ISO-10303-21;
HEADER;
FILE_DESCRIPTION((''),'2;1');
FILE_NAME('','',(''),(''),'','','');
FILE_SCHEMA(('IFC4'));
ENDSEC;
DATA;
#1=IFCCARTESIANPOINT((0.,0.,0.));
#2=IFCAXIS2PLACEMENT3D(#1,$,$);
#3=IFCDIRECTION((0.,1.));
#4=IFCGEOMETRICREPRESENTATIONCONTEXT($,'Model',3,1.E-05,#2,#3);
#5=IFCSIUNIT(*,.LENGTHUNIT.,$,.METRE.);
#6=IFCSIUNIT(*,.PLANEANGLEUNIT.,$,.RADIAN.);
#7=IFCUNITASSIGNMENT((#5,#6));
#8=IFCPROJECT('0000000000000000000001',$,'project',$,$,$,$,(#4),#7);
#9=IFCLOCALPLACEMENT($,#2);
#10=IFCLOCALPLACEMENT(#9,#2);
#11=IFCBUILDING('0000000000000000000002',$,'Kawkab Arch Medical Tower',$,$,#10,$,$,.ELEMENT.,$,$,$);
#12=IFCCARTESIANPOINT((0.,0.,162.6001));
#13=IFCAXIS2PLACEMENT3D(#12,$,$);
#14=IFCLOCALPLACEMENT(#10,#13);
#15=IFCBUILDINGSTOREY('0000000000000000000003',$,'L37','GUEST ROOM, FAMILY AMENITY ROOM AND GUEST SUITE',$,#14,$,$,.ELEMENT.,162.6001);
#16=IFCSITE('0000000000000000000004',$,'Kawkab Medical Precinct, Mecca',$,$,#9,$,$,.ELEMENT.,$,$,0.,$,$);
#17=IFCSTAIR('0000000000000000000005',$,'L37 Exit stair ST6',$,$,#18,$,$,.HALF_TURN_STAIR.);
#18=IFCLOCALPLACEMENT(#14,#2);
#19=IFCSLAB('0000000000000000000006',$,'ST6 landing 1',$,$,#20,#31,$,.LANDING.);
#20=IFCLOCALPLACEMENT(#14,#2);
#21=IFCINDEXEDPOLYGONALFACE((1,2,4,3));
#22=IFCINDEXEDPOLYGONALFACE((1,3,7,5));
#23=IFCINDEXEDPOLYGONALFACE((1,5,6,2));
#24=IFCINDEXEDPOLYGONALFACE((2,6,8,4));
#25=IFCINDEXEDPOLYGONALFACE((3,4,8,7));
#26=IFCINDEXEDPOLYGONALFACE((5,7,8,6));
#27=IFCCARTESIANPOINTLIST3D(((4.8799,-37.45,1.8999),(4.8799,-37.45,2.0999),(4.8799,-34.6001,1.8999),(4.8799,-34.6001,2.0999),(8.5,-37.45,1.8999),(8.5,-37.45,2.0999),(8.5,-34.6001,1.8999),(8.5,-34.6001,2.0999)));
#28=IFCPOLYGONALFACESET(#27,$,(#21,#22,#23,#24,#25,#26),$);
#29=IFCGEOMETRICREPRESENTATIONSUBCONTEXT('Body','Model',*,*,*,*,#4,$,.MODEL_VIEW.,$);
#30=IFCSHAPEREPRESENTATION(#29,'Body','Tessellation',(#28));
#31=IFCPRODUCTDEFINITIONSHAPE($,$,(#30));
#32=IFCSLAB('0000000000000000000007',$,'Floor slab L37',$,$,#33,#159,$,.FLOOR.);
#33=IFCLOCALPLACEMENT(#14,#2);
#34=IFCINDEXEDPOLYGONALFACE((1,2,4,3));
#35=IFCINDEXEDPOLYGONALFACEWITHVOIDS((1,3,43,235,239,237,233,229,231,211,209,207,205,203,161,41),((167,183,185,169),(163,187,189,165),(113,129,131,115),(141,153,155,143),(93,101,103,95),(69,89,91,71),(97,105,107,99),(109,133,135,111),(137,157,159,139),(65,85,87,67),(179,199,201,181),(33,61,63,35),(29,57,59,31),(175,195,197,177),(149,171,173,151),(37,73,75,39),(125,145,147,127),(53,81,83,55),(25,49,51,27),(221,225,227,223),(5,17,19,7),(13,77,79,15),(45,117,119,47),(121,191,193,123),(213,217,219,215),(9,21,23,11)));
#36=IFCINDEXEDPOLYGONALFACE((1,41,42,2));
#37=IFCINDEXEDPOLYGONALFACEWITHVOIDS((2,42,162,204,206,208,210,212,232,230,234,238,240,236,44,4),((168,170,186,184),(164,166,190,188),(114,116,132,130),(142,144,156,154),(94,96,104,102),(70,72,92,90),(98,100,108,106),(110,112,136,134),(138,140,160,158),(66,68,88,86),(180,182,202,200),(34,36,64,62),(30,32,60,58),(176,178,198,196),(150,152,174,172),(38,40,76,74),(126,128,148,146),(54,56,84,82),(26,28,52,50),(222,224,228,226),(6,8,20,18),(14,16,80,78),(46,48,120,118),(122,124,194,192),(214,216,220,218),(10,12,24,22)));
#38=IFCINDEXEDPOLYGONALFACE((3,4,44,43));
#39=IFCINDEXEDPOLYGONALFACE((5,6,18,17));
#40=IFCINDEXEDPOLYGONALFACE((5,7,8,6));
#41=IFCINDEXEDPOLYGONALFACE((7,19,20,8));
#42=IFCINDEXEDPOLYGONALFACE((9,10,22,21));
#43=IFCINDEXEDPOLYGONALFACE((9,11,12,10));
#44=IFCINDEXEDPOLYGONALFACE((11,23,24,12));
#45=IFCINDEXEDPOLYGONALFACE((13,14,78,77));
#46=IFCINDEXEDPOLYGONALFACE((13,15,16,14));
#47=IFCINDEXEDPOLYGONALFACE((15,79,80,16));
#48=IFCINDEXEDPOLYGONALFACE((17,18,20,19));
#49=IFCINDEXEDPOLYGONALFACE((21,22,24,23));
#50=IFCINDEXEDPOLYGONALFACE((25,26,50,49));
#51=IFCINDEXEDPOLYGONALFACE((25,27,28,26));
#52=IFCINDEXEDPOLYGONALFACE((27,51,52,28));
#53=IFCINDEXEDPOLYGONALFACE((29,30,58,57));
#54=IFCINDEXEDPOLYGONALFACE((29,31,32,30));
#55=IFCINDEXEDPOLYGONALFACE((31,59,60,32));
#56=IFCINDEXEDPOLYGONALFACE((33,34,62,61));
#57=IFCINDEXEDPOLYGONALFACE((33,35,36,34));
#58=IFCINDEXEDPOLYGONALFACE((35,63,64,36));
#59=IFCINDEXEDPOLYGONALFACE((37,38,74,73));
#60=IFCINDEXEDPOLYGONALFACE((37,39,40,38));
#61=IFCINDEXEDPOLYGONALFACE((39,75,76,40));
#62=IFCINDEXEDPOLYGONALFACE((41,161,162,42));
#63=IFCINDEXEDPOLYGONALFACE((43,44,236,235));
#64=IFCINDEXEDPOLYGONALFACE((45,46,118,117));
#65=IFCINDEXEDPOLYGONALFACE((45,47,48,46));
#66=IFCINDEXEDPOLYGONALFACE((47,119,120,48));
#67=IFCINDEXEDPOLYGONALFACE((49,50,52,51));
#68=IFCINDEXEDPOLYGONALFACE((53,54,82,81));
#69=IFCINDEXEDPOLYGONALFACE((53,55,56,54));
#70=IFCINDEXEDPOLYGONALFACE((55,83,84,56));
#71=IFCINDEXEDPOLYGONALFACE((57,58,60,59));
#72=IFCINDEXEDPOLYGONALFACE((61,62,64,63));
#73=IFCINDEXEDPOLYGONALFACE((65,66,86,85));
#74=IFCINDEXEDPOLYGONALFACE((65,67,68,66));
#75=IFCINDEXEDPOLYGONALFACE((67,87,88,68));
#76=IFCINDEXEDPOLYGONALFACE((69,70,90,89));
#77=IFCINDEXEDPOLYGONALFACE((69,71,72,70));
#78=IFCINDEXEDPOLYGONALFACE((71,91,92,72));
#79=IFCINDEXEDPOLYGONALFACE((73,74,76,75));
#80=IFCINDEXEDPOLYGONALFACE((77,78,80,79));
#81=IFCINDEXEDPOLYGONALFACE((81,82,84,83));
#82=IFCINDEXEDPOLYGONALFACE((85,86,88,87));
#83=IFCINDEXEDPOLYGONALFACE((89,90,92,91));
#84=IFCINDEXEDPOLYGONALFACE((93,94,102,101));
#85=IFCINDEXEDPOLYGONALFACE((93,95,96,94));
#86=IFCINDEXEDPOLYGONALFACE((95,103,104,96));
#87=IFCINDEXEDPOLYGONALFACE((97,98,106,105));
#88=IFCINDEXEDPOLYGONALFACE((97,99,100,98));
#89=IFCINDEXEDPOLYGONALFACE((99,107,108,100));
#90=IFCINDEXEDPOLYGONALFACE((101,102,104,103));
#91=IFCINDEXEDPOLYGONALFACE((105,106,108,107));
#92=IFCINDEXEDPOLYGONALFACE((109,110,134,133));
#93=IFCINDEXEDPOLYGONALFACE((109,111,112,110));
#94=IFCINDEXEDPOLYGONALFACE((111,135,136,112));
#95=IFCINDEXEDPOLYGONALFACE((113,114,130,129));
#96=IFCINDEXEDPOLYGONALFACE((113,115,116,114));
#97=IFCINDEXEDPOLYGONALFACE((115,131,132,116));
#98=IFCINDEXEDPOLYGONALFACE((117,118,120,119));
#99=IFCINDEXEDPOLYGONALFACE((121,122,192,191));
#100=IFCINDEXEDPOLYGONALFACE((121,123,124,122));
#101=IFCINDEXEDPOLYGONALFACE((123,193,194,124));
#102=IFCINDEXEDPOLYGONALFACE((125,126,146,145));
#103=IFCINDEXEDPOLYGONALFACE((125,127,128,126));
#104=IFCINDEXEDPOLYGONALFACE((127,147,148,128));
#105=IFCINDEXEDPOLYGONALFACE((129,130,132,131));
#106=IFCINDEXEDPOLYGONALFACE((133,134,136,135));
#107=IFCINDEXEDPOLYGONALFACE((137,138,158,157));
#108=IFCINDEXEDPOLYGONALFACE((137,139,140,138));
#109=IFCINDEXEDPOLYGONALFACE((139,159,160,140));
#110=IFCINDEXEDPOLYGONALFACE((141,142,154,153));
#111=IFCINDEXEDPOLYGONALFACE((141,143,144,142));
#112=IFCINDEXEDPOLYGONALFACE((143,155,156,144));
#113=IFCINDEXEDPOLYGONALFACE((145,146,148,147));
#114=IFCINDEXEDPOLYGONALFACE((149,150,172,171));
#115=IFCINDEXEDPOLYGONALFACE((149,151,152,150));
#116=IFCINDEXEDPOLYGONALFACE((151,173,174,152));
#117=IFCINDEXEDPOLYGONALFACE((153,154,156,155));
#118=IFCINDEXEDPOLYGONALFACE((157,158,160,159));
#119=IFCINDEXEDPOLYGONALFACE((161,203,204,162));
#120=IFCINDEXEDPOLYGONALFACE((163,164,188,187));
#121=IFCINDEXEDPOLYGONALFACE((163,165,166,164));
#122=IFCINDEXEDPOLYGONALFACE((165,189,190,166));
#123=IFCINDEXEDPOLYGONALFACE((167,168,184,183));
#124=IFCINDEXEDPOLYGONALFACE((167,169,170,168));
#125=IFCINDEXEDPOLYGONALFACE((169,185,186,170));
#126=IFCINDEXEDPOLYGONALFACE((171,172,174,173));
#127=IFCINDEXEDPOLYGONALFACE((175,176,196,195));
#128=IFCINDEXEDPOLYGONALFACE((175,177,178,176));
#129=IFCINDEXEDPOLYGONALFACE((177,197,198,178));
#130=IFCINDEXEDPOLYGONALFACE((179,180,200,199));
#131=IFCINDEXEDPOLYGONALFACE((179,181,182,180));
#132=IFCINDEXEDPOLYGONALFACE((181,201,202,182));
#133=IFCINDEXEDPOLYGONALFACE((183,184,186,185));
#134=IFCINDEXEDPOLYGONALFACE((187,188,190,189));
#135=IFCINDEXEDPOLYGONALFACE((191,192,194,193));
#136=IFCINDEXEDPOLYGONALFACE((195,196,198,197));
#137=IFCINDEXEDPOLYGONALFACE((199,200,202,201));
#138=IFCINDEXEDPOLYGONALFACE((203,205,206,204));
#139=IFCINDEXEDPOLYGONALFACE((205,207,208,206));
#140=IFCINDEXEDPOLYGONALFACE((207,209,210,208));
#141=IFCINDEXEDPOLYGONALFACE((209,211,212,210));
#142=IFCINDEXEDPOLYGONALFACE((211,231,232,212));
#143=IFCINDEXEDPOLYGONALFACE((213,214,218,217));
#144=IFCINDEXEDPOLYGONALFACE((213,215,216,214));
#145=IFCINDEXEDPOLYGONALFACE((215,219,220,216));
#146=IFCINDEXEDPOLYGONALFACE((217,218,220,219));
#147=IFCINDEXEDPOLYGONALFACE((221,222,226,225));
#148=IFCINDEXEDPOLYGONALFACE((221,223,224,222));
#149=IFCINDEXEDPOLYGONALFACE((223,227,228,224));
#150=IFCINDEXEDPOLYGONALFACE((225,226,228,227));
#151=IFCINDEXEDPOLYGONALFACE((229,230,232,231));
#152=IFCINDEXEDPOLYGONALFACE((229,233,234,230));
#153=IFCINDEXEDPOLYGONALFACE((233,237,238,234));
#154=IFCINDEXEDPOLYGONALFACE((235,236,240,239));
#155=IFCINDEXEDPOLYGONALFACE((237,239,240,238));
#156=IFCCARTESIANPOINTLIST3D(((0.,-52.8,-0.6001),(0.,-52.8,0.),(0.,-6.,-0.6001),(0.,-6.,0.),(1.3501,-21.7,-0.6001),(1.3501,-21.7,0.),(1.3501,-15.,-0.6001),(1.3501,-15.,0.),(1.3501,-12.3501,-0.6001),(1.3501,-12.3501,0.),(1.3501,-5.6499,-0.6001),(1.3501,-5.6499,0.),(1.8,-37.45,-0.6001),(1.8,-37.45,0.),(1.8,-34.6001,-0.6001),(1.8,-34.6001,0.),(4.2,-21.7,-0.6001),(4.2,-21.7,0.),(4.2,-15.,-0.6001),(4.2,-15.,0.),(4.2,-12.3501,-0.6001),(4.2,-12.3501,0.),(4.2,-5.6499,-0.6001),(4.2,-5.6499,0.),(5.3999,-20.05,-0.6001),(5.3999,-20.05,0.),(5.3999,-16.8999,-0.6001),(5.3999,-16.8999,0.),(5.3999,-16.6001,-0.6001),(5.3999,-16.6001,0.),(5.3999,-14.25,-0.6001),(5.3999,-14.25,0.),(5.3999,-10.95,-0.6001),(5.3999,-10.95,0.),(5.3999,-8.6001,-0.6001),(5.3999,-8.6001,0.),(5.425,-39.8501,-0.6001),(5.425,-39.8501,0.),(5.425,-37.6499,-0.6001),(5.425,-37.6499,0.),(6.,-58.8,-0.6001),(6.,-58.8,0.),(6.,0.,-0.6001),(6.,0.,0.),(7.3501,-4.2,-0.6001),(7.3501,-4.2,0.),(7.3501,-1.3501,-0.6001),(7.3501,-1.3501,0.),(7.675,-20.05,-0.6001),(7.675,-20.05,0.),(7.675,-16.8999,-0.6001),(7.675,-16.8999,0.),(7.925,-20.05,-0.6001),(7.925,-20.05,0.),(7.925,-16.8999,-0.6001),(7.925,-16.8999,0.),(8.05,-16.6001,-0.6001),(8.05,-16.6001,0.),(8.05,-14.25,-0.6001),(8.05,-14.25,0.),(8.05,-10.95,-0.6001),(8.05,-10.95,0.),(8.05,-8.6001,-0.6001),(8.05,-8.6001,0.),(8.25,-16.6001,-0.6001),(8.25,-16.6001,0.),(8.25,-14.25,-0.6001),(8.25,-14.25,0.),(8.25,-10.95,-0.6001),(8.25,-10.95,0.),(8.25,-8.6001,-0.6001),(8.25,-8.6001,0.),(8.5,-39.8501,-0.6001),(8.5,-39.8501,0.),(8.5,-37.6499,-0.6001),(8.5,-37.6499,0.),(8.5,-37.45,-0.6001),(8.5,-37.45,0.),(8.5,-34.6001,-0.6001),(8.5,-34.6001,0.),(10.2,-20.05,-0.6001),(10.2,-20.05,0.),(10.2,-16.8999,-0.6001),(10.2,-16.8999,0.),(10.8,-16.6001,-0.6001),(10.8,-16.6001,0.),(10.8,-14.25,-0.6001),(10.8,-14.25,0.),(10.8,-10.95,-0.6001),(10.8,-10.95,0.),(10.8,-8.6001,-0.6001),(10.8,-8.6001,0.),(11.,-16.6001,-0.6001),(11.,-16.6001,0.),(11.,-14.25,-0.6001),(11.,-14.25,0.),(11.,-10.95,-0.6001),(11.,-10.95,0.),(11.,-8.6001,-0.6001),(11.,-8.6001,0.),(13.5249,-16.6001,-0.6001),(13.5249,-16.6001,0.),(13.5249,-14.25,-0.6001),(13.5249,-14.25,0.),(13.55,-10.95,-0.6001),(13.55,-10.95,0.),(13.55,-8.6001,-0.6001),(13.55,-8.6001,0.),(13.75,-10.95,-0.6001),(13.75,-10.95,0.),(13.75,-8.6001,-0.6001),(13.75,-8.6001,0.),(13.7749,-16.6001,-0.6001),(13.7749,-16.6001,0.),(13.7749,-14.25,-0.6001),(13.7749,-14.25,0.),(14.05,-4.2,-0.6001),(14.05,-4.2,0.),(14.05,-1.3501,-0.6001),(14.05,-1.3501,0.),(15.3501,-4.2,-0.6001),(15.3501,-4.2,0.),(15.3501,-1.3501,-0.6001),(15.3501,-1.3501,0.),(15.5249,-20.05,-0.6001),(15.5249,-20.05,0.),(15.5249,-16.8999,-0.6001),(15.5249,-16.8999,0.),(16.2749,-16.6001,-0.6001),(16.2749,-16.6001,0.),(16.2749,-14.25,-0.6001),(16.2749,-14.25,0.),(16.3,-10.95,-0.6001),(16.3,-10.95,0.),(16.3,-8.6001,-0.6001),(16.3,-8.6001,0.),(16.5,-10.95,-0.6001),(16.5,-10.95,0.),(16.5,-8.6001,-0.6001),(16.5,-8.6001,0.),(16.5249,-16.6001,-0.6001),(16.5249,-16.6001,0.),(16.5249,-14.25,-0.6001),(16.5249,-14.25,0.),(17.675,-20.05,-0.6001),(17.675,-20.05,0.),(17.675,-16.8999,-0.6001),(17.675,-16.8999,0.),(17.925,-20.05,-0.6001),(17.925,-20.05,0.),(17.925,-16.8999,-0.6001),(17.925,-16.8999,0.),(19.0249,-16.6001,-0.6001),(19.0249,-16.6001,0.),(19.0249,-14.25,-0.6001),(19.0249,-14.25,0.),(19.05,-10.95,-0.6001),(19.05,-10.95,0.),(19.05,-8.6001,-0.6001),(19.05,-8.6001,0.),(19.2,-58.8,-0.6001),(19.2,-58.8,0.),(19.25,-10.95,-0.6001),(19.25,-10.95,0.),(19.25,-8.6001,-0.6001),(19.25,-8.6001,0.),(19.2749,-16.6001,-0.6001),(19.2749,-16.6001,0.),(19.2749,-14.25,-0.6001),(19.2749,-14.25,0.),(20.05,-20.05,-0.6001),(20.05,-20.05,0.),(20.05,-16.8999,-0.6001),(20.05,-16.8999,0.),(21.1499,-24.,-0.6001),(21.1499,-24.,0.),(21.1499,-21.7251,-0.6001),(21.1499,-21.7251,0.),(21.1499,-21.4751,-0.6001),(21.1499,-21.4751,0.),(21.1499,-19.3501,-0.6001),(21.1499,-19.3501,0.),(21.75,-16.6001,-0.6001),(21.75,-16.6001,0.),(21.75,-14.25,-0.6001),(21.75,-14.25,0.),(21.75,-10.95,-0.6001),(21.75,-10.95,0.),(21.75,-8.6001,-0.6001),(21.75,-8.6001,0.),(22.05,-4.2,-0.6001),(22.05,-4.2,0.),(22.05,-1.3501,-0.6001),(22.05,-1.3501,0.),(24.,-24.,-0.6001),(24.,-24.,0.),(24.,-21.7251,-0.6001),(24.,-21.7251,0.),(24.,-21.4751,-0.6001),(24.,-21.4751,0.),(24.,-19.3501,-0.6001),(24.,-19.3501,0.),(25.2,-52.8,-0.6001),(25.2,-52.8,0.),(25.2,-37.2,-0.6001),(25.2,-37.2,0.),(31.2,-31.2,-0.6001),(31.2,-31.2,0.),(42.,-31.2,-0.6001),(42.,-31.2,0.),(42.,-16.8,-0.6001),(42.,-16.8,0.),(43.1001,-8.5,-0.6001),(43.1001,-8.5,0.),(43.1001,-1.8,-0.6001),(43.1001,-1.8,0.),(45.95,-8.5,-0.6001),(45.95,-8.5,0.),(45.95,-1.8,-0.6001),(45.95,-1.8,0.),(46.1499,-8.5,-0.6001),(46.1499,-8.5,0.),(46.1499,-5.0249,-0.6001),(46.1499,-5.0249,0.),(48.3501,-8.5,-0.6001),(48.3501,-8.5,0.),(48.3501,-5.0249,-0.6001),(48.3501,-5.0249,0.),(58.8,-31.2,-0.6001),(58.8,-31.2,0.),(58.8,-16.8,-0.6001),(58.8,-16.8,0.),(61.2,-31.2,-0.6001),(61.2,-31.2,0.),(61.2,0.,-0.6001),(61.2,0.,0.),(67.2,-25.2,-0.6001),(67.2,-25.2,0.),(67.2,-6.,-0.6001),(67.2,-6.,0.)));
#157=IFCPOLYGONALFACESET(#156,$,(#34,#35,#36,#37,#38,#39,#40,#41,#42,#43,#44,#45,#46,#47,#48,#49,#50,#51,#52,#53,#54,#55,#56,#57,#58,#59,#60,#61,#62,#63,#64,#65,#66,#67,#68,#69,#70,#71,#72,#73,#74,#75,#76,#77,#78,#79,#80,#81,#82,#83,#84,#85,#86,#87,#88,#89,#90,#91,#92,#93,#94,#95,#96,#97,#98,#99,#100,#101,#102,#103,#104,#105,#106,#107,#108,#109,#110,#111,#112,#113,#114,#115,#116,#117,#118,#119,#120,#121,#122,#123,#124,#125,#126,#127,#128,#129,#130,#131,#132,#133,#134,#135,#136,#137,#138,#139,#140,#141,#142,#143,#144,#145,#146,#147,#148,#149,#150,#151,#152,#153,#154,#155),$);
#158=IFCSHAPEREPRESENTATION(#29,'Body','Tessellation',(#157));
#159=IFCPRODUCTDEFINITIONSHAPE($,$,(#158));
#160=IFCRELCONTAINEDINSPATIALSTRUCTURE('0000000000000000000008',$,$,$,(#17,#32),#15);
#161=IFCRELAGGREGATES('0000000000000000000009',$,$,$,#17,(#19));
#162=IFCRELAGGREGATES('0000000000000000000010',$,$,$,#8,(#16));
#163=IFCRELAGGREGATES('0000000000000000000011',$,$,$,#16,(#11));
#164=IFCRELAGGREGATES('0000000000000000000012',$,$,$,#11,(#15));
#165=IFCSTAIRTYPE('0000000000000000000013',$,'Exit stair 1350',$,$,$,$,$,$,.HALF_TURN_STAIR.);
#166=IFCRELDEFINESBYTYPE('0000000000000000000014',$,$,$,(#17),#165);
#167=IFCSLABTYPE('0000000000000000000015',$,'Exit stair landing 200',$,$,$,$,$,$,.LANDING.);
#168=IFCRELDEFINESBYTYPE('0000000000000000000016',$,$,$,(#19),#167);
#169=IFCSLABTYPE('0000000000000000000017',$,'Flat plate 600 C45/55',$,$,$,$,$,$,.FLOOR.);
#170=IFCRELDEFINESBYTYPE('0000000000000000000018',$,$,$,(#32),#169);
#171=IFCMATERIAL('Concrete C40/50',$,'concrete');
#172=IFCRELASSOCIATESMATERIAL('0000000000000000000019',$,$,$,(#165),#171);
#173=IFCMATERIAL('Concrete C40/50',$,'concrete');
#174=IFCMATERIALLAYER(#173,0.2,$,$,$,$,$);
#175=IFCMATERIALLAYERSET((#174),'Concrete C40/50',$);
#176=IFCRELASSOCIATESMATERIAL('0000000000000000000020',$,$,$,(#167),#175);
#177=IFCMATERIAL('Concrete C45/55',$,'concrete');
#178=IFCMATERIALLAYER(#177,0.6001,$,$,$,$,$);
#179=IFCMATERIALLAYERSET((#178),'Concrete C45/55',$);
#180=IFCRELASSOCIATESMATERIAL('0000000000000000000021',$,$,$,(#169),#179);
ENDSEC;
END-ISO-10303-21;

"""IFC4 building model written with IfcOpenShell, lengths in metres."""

from ifc_helpers import new_model, si_unit, direction, frame, origin, place, context, subcontext, project, spatial, polyline, outline, extrude, material, layer, layer_set, type_object, element, aggregate, save


model = new_model("IFC4")

# Units and contexts
model_context = context("Model", 3, precision=1e-05, world=origin(), true_north=direction((0.0, 1.0)))
body_context = subcontext(model_context, "Body", "Model", "MODEL_VIEW")
ifc_project = project(units=[si_unit("LENGTHUNIT", "METRE"), si_unit("PLANEANGLEUNIT", "RADIAN")], contexts=[model_context])

# Site, building, storey
site_placement = place(None, origin())
site = spatial("IfcSite", under=ifc_project, at=site_placement, Name="Kawkab Medical Precinct, Mecca", CompositionType="ELEMENT", RefElevation=0.0)
building_placement = place(site_placement, origin())
building = spatial("IfcBuilding", under=site, at=building_placement, Name="Kawkab Arch Medical Tower", CompositionType="ELEMENT")
storey_placement = place(building_placement, frame((0.0, 0.0, 162.6001)))
storey = spatial("IfcBuildingStorey", under=building, at=storey_placement, Name="L37", Description="GUEST ROOM, FAMILY AMENITY ROOM AND GUEST SUITE", CompositionType="ELEMENT", Elevation=162.6001)

# Shared definitions
placement_1 = place(storey_placement, origin())

# Stair, slab
ifc_material_1 = material(Name="Concrete C40/50", Category="concrete")
stair_type = type_object("IfcStairType", Name="Exit stair 1350", PredefinedType="HALF_TURN_STAIR", material=ifc_material_1)
ifc_material_2 = material(Name="Concrete C40/50", Category="concrete")
ifc_layer_1 = layer(ifc_material_2, 0.2)
ifc_layer_set_1 = layer_set([ifc_layer_1], Name="Concrete C40/50")
slab_type_1 = type_object("IfcSlabType", Name="Exit stair landing 200", PredefinedType="LANDING", material=ifc_layer_set_1)
placement_2 = place(storey_placement, frame((0.0, 0.0, 1.8999)))
stair_1 = element("IfcStair", 1, at=placement_1, inside=storey, type_object=stair_type, Name="L37 Exit stair ST6", PredefinedType="HALF_TURN_STAIR")
slab_1 = element("IfcSlab", 2, at=placement_2, type_object=slab_type_1, Name="ST6 landing 1", PredefinedType="LANDING", context=body_context, shape_type="SweptSolid", body=[
    extrude(outline(polyline([(4.8799, -37.45), (8.5, -37.45), (8.5, -34.6001), (4.8799, -34.6001), (4.8799, -37.45)])), origin(), (0.0, 0.0, 1.0), 0.2),
])
aggregate(stair_1, [slab_1])

# Slab
ifc_material_3 = material(Name="Concrete C45/55", Category="concrete")
ifc_layer_2 = layer(ifc_material_3, 0.6001)
ifc_layer_set_2 = layer_set([ifc_layer_2], Name="Concrete C45/55")
slab_type_2 = type_object("IfcSlabType", Name="Flat plate 600 C45/55", PredefinedType="FLOOR", material=ifc_layer_set_2)
slab_2_placement = place(storey_placement, frame((0.0, 0.0, -0.6001)))
element("IfcSlab", 3, at=slab_2_placement, inside=storey, type_object=slab_type_2, Name="Floor slab L37", PredefinedType="FLOOR", context=body_context, shape_type="SweptSolid", body=[
    extrude(outline(polyline([(25.2, -37.2), (25.2, -52.8), (19.2, -58.8), (6.0, -58.8), (0.0, -52.8), (0.0, -6.0), (6.0, 0.0), (61.2, 0.0), (67.2, -6.0), (67.2, -25.2), (61.2, -31.2), (58.8, -31.2), (58.8, -16.8), (42.0, -16.8), (42.0, -31.2), (31.2, -31.2), (25.2, -37.2)]), holes=[polyline([(5.425, -37.6499), (5.425, -39.8501), (8.5, -39.8501), (8.5, -37.6499), (5.425, -37.6499)]), polyline([(1.8, -37.45), (8.5, -37.45), (8.5, -34.6001), (1.8, -34.6001), (1.8, -37.45)]), polyline([(5.3999, -16.8999), (5.3999, -20.05), (7.675, -20.05), (7.675, -16.8999), (5.3999, -16.8999)]), polyline([(10.2, -16.8999), (7.925, -16.8999), (7.925, -20.05), (10.2, -20.05), (10.2, -16.8999)]), polyline([(4.2, -21.7), (4.2, -15.0), (1.3501, -15.0), (1.3501, -21.7), (4.2, -21.7)]), polyline([(5.3999, -14.25), (5.3999, -16.6001), (8.05, -16.6001), (8.05, -14.25), (5.3999, -14.25)]), polyline([(10.8, -16.6001), (10.8, -14.25), (8.25, -14.25), (8.25, -16.6001), (10.8, -16.6001)]), polyline([(13.5249, -14.25), (11.0, -14.25), (11.0, -16.6001), (13.5249, -16.6001), (13.5249, -14.25)]), polyline([(5.3999, -8.6001), (5.3999, -10.95), (8.05, -10.95), (8.05, -8.6001), (5.3999, -8.6001)]), polyline([(10.8, -10.95), (10.8, -8.6001), (8.25, -8.6001), (8.25, -10.95), (10.8, -10.95)]), polyline([(11.0, -8.6001), (11.0, -10.95), (13.55, -10.95), (13.55, -8.6001), (11.0, -8.6001)]), polyline([(4.2, -12.3501), (4.2, -5.6499), (1.3501, -5.6499), (1.3501, -12.3501), (4.2, -12.3501)]), polyline([(7.3501, -4.2), (14.05, -4.2), (14.05, -1.3501), (7.3501, -1.3501), (7.3501, -4.2)]), polyline([(24.0, -21.7251), (21.1499, -21.7251), (21.1499, -24.0), (24.0, -24.0), (24.0, -21.7251)]), polyline([(24.0, -21.4751), (24.0, -19.3501), (21.1499, -19.3501), (21.1499, -21.4751), (24.0, -21.4751)]), polyline([(17.675, -16.8999), (15.5249, -16.8999), (15.5249, -20.05), (17.675, -20.05), (17.675, -16.8999)]), polyline([(17.925, -16.8999), (17.925, -20.05), (20.05, -20.05), (20.05, -16.8999), (17.925, -16.8999)]), polyline([(16.2749, -16.6001), (16.2749, -14.25), (13.7749, -14.25), (13.7749, -16.6001), (16.2749, -16.6001)]), polyline([(19.0249, -16.6001), (19.0249, -14.25), (16.5249, -14.25), (16.5249, -16.6001), (19.0249, -16.6001)]), polyline([(19.2749, -14.25), (19.2749, -16.6001), (21.75, -16.6001), (21.75, -14.25), (19.2749, -14.25)]), polyline([(16.3, -8.6001), (13.75, -8.6001), (13.75, -10.95), (16.3, -10.95), (16.3, -8.6001)]), polyline([(19.05, -8.6001), (16.5, -8.6001), (16.5, -10.95), (19.05, -10.95), (19.05, -8.6001)]), polyline([(19.25, -8.6001), (19.25, -10.95), (21.75, -10.95), (21.75, -8.6001), (19.25, -8.6001)]), polyline([(46.1499, -5.0249), (46.1499, -8.5), (48.3501, -8.5), (48.3501, -5.0249), (46.1499, -5.0249)]), polyline([(43.1001, -1.8), (43.1001, -8.5), (45.95, -8.5), (45.95, -1.8), (43.1001, -1.8)]), polyline([(22.05, -1.3501), (15.3501, -1.3501), (15.3501, -4.2), (22.05, -4.2), (22.05, -1.3501)])]), origin(), (0.0, 0.0, 1.0), 0.6001),
])

save(model, "model.ifc")
